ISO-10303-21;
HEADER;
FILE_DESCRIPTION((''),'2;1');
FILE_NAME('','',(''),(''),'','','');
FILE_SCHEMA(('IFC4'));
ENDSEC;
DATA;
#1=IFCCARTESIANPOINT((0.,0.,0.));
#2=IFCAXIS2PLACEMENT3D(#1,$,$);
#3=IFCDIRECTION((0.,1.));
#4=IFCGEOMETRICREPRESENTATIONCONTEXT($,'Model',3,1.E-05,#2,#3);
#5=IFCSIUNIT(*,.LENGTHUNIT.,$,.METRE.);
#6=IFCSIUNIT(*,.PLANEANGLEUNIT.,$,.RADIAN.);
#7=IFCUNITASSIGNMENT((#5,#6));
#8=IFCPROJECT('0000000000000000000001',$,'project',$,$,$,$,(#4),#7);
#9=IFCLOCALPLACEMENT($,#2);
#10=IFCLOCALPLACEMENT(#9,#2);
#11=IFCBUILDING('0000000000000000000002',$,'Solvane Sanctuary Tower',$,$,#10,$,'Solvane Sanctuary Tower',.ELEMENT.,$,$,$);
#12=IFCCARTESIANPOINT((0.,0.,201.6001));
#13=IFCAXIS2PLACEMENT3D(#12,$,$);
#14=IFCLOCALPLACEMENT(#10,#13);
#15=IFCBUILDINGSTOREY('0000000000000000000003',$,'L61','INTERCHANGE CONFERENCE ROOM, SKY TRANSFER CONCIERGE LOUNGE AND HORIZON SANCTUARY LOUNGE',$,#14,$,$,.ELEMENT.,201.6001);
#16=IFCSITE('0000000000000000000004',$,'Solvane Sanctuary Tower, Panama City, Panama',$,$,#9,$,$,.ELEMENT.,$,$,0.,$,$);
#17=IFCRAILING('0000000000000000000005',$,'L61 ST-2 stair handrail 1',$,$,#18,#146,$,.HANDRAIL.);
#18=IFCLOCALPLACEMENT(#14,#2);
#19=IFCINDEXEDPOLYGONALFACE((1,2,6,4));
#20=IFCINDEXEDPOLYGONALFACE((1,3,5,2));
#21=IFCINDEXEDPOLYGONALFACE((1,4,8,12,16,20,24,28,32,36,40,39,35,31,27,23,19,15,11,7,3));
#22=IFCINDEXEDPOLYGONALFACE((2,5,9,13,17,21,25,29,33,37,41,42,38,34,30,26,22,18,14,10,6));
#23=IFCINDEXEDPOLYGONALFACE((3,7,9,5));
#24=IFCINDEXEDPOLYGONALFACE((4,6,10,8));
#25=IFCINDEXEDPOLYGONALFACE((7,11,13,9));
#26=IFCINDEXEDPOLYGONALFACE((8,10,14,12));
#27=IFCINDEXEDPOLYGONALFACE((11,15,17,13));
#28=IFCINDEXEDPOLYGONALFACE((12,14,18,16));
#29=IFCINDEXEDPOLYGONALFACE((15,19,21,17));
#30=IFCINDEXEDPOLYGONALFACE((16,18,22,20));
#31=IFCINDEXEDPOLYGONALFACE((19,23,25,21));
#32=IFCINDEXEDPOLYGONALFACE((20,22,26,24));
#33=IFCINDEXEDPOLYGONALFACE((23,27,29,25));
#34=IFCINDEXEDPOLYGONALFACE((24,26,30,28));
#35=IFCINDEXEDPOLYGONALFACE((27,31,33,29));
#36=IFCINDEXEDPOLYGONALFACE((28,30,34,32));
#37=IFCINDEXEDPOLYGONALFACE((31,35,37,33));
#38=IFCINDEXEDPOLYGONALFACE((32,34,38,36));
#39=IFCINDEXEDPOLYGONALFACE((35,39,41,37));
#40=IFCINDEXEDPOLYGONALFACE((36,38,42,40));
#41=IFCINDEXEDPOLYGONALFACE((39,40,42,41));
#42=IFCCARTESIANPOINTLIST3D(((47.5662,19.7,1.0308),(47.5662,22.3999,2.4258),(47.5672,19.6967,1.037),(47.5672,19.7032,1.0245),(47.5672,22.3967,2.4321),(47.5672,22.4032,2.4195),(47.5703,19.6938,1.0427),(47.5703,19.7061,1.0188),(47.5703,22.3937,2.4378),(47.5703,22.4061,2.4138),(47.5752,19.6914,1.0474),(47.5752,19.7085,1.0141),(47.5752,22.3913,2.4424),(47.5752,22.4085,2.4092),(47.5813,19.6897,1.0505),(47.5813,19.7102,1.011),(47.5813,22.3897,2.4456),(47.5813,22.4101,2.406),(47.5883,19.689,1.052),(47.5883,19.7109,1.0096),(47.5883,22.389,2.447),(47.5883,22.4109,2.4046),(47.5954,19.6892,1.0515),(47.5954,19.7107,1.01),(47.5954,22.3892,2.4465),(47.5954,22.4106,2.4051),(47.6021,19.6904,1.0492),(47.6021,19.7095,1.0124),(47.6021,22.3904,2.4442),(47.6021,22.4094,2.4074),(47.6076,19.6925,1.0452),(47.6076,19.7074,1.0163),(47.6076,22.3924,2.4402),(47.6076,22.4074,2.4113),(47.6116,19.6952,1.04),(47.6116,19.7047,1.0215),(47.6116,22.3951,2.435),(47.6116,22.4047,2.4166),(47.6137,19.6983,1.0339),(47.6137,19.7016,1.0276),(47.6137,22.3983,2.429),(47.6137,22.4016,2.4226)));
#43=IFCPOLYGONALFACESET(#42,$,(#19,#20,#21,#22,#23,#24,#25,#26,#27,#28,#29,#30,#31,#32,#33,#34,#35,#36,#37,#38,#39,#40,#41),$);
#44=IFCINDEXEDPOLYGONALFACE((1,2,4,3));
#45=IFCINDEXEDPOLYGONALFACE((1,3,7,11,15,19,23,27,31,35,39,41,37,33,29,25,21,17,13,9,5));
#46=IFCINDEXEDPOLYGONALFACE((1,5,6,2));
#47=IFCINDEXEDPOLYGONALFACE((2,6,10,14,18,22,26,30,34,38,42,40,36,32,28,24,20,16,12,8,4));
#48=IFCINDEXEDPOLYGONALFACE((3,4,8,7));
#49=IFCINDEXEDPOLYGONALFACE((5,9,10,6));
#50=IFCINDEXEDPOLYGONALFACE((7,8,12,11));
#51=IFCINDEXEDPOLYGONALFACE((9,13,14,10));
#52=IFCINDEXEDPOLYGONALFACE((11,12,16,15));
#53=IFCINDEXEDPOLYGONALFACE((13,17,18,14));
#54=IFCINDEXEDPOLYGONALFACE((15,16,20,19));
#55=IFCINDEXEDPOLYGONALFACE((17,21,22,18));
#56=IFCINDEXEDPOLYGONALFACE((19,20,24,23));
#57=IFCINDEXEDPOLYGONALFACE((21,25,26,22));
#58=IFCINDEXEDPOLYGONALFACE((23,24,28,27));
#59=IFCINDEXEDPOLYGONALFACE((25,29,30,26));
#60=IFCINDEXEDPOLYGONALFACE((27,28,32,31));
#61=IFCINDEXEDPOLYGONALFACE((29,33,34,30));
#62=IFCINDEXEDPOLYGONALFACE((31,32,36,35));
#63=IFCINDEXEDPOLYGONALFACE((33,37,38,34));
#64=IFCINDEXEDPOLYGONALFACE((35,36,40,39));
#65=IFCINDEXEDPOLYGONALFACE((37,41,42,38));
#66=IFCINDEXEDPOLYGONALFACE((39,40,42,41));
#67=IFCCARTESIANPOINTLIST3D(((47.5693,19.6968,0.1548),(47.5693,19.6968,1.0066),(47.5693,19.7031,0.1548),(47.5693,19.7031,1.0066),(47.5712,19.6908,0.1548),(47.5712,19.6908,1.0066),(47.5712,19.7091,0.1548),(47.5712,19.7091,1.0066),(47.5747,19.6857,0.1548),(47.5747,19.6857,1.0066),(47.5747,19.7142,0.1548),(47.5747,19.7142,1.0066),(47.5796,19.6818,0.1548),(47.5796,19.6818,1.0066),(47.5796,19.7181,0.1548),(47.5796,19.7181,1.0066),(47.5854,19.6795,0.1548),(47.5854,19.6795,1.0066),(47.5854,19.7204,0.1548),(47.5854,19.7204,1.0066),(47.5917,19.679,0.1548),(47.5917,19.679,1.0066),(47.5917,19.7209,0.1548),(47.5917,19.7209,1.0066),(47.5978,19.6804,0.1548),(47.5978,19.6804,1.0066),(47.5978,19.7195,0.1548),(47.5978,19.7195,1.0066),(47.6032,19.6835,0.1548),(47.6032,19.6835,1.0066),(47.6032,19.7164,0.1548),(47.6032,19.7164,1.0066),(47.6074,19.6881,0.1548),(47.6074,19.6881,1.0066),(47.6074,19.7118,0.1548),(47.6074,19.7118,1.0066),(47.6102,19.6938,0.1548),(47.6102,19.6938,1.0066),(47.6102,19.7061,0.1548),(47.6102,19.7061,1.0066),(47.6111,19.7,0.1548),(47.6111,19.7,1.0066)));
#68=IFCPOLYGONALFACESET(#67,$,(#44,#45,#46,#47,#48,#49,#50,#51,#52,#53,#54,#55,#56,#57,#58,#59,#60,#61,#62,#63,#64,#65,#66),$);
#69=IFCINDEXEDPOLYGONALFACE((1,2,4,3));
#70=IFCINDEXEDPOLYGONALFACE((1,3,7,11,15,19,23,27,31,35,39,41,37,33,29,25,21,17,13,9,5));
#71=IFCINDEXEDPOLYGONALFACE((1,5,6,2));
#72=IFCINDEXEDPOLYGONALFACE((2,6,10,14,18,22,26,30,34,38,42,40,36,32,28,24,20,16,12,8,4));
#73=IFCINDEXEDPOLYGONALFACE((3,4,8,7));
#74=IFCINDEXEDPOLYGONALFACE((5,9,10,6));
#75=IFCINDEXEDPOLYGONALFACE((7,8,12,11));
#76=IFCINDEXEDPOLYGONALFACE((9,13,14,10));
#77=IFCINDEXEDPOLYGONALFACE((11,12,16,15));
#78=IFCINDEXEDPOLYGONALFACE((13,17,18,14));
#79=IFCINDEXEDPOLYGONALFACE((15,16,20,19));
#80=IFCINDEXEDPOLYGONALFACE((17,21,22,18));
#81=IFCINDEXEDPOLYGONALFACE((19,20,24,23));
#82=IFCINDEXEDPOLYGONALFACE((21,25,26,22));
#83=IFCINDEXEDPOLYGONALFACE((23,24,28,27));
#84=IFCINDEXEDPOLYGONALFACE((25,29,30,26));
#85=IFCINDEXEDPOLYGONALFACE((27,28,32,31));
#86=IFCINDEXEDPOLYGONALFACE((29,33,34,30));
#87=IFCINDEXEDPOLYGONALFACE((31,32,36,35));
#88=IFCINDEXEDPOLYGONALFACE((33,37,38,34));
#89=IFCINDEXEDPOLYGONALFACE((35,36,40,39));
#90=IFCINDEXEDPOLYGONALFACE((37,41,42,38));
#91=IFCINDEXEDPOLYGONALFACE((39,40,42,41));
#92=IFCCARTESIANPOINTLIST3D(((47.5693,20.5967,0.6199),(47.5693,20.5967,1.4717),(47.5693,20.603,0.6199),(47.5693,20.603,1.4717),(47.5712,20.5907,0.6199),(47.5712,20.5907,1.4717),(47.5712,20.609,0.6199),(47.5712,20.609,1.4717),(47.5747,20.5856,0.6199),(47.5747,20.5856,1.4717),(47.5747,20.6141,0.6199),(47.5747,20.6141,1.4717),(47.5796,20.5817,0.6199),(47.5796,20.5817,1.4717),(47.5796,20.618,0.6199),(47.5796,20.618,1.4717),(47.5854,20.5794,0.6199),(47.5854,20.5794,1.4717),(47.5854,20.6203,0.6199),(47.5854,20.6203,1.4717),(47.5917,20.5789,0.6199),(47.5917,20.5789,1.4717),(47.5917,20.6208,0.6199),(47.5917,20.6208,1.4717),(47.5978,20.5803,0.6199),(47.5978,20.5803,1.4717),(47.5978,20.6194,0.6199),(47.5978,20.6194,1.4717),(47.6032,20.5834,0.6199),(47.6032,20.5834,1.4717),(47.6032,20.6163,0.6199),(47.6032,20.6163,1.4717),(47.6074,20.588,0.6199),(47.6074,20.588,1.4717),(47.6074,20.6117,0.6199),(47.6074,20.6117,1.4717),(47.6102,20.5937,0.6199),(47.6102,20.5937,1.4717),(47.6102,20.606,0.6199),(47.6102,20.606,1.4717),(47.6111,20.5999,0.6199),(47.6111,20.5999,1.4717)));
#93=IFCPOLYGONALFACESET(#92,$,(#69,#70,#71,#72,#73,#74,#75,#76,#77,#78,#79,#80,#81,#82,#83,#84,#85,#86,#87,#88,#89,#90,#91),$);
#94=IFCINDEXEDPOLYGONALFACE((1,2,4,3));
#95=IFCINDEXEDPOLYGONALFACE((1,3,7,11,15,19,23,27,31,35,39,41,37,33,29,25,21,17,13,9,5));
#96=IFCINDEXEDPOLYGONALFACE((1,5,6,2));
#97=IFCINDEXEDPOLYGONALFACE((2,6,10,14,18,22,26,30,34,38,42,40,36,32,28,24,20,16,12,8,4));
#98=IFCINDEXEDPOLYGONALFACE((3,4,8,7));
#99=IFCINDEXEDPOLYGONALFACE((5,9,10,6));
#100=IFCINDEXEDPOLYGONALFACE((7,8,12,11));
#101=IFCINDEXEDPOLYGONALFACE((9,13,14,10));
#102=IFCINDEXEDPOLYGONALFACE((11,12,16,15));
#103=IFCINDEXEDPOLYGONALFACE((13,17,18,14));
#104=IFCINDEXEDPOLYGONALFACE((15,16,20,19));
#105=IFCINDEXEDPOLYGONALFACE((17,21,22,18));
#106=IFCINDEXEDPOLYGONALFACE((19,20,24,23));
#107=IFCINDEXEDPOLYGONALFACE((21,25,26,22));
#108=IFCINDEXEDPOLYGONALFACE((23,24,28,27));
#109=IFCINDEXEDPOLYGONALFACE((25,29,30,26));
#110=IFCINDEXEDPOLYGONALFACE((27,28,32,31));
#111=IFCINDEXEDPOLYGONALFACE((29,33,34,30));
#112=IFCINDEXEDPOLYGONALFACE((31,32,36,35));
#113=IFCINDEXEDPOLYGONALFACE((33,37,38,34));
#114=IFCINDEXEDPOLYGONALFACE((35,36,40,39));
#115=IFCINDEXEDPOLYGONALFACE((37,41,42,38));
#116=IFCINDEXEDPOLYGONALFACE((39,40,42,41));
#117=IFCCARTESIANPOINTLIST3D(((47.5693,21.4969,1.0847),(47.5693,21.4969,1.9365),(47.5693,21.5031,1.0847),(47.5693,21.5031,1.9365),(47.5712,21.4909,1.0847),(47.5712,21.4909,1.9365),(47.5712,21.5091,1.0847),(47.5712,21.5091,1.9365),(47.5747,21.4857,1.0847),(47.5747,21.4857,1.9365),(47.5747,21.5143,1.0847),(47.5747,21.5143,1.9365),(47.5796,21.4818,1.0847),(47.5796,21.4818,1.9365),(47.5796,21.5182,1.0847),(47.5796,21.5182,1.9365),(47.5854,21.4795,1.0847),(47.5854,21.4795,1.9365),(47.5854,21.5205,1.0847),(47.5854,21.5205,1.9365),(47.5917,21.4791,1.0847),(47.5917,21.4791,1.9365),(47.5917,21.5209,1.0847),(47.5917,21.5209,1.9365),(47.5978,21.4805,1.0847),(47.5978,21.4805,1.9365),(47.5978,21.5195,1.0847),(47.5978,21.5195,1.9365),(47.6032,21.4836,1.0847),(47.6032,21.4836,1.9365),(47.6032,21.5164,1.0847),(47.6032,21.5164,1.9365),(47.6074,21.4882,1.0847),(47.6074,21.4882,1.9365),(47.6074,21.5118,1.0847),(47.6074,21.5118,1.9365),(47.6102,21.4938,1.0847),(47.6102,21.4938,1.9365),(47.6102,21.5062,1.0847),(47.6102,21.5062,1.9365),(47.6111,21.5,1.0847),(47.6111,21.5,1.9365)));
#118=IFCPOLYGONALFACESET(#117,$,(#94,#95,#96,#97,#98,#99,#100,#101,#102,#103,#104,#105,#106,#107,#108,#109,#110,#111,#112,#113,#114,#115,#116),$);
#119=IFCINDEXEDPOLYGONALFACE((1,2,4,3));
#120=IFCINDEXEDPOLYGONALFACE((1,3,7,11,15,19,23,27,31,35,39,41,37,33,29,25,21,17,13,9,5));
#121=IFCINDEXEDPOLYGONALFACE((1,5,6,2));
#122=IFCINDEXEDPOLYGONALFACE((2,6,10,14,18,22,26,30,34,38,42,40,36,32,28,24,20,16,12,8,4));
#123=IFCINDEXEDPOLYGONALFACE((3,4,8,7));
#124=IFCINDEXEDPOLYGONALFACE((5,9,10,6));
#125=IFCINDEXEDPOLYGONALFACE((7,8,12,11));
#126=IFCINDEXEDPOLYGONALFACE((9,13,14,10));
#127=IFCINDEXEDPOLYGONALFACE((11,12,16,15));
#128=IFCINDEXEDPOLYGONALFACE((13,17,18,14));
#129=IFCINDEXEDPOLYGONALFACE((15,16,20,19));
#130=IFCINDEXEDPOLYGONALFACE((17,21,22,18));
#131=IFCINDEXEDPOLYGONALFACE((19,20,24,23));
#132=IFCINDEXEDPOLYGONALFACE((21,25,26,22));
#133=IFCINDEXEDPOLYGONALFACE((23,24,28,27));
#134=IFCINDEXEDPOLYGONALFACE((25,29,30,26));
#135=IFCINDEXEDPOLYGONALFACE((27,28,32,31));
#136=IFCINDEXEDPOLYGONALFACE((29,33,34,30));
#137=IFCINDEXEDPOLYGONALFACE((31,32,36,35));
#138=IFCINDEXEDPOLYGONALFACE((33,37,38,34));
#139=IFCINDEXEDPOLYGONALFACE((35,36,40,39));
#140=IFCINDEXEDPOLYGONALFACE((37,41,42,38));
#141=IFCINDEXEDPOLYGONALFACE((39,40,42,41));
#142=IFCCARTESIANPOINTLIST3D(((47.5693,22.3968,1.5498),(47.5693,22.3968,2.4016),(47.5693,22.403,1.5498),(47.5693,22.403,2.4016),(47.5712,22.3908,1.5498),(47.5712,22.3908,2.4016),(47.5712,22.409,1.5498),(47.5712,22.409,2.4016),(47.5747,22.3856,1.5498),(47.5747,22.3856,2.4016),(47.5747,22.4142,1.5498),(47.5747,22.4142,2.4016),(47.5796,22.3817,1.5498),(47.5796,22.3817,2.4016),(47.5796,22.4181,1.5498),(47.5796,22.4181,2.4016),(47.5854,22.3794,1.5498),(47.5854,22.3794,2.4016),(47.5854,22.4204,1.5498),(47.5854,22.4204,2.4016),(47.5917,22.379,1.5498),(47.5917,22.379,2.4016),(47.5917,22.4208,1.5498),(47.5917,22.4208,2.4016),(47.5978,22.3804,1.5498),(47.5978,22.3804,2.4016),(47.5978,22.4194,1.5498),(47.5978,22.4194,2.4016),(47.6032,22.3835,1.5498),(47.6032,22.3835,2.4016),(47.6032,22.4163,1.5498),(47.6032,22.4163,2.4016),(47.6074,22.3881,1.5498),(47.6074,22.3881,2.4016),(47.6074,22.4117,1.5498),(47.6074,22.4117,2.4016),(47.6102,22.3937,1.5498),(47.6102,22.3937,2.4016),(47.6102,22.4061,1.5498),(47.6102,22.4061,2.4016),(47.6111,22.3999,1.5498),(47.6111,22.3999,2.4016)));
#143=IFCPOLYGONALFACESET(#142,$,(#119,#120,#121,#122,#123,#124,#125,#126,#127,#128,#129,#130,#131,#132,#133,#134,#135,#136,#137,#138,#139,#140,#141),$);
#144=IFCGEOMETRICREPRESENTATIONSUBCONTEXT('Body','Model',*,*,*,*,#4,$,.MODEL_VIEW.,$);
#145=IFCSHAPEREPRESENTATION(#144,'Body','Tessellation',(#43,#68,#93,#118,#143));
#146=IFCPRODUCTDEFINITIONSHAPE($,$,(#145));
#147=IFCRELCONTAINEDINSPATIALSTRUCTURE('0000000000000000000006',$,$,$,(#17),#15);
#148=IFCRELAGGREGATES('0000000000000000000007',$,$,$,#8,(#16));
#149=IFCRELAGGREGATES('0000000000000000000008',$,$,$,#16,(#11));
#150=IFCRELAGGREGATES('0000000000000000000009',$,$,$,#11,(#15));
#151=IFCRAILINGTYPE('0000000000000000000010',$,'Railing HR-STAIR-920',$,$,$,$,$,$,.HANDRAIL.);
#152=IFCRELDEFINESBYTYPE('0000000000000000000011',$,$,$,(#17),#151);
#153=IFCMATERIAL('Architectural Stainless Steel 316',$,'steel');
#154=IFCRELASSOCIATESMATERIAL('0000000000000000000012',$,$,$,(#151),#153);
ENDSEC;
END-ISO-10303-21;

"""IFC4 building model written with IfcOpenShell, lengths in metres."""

from ifc_helpers import new_model, si_unit, direction, frame, origin, origin_2d, place, context, subcontext, project, spatial, circle, extrude, material, type_object, element, save


model = new_model("IFC4")

# Units and contexts
model_context = context("Model", 3, precision=1e-05, world=origin(), true_north=direction((0.0, 1.0)))
body_context = subcontext(model_context, "Body", "Model", "MODEL_VIEW")
ifc_project = project(units=[si_unit("LENGTHUNIT", "METRE"), si_unit("PLANEANGLEUNIT", "RADIAN")], contexts=[model_context])

# Site, building, storey
site_placement = place(None, origin())
site = spatial("IfcSite", under=ifc_project, at=site_placement, Name="Solvane Sanctuary Tower, Panama City, Panama", CompositionType="ELEMENT", RefElevation=0.0)
building_placement = place(site_placement, origin())
building = spatial("IfcBuilding", under=site, at=building_placement, Name="Solvane Sanctuary Tower", LongName="Solvane Sanctuary Tower", CompositionType="ELEMENT")
storey_placement = place(building_placement, frame((0.0, 0.0, 201.6001)))
storey = spatial("IfcBuildingStorey", under=building, at=storey_placement, Name="L61", Description="INTERCHANGE CONFERENCE ROOM, SKY TRANSFER CONCIERGE LOUNGE AND HORIZON SANCTUARY LOUNGE", CompositionType="ELEMENT", Elevation=201.6001)

# Railing
ifc_material_1 = material(Name="Architectural Stainless Steel 316", Category="steel")
railing_type_1 = type_object("IfcRailingType", Name="Railing HR-STAIR-920", PredefinedType="HANDRAIL", material=ifc_material_1)
railing_1_placement = place(storey_placement, frame((47.5901, 19.7, 0.1548)))
element("IfcRailing", 1, at=railing_1_placement, inside=storey, type_object=railing_type_1, Name="L61 ST-2 stair handrail 1", PredefinedType="HANDRAIL", context=body_context, shape_type="SweptSolid", body=[
    extrude(circle(Radius=0.0239, at=origin_2d()), frame((0.0, 0.0, 0.876), z_axis=(0.0, 0.88842, 0.459032), x_axis=(-1.0, 0.0, 0.0)), (0.0, 0.0, 1.0), 3.0391),
    extrude(circle(Radius=0.021, at=origin_2d()), origin(), (0.0, 0.0, 1.0), 0.8518),
    extrude(circle(Radius=0.021, at=origin_2d()), frame((0.0, 0.8999, 0.4651)), (0.0, 0.0, 1.0), 0.8518),
    extrude(circle(Radius=0.021, at=origin_2d()), frame((0.0, 1.8, 0.9299)), (0.0, 0.0, 1.0), 0.8518),
    extrude(circle(Radius=0.021, at=origin_2d()), frame((0.0, 2.7, 1.395)), (0.0, 0.0, 1.0), 0.8518),
])

save(model, "model.ifc")
